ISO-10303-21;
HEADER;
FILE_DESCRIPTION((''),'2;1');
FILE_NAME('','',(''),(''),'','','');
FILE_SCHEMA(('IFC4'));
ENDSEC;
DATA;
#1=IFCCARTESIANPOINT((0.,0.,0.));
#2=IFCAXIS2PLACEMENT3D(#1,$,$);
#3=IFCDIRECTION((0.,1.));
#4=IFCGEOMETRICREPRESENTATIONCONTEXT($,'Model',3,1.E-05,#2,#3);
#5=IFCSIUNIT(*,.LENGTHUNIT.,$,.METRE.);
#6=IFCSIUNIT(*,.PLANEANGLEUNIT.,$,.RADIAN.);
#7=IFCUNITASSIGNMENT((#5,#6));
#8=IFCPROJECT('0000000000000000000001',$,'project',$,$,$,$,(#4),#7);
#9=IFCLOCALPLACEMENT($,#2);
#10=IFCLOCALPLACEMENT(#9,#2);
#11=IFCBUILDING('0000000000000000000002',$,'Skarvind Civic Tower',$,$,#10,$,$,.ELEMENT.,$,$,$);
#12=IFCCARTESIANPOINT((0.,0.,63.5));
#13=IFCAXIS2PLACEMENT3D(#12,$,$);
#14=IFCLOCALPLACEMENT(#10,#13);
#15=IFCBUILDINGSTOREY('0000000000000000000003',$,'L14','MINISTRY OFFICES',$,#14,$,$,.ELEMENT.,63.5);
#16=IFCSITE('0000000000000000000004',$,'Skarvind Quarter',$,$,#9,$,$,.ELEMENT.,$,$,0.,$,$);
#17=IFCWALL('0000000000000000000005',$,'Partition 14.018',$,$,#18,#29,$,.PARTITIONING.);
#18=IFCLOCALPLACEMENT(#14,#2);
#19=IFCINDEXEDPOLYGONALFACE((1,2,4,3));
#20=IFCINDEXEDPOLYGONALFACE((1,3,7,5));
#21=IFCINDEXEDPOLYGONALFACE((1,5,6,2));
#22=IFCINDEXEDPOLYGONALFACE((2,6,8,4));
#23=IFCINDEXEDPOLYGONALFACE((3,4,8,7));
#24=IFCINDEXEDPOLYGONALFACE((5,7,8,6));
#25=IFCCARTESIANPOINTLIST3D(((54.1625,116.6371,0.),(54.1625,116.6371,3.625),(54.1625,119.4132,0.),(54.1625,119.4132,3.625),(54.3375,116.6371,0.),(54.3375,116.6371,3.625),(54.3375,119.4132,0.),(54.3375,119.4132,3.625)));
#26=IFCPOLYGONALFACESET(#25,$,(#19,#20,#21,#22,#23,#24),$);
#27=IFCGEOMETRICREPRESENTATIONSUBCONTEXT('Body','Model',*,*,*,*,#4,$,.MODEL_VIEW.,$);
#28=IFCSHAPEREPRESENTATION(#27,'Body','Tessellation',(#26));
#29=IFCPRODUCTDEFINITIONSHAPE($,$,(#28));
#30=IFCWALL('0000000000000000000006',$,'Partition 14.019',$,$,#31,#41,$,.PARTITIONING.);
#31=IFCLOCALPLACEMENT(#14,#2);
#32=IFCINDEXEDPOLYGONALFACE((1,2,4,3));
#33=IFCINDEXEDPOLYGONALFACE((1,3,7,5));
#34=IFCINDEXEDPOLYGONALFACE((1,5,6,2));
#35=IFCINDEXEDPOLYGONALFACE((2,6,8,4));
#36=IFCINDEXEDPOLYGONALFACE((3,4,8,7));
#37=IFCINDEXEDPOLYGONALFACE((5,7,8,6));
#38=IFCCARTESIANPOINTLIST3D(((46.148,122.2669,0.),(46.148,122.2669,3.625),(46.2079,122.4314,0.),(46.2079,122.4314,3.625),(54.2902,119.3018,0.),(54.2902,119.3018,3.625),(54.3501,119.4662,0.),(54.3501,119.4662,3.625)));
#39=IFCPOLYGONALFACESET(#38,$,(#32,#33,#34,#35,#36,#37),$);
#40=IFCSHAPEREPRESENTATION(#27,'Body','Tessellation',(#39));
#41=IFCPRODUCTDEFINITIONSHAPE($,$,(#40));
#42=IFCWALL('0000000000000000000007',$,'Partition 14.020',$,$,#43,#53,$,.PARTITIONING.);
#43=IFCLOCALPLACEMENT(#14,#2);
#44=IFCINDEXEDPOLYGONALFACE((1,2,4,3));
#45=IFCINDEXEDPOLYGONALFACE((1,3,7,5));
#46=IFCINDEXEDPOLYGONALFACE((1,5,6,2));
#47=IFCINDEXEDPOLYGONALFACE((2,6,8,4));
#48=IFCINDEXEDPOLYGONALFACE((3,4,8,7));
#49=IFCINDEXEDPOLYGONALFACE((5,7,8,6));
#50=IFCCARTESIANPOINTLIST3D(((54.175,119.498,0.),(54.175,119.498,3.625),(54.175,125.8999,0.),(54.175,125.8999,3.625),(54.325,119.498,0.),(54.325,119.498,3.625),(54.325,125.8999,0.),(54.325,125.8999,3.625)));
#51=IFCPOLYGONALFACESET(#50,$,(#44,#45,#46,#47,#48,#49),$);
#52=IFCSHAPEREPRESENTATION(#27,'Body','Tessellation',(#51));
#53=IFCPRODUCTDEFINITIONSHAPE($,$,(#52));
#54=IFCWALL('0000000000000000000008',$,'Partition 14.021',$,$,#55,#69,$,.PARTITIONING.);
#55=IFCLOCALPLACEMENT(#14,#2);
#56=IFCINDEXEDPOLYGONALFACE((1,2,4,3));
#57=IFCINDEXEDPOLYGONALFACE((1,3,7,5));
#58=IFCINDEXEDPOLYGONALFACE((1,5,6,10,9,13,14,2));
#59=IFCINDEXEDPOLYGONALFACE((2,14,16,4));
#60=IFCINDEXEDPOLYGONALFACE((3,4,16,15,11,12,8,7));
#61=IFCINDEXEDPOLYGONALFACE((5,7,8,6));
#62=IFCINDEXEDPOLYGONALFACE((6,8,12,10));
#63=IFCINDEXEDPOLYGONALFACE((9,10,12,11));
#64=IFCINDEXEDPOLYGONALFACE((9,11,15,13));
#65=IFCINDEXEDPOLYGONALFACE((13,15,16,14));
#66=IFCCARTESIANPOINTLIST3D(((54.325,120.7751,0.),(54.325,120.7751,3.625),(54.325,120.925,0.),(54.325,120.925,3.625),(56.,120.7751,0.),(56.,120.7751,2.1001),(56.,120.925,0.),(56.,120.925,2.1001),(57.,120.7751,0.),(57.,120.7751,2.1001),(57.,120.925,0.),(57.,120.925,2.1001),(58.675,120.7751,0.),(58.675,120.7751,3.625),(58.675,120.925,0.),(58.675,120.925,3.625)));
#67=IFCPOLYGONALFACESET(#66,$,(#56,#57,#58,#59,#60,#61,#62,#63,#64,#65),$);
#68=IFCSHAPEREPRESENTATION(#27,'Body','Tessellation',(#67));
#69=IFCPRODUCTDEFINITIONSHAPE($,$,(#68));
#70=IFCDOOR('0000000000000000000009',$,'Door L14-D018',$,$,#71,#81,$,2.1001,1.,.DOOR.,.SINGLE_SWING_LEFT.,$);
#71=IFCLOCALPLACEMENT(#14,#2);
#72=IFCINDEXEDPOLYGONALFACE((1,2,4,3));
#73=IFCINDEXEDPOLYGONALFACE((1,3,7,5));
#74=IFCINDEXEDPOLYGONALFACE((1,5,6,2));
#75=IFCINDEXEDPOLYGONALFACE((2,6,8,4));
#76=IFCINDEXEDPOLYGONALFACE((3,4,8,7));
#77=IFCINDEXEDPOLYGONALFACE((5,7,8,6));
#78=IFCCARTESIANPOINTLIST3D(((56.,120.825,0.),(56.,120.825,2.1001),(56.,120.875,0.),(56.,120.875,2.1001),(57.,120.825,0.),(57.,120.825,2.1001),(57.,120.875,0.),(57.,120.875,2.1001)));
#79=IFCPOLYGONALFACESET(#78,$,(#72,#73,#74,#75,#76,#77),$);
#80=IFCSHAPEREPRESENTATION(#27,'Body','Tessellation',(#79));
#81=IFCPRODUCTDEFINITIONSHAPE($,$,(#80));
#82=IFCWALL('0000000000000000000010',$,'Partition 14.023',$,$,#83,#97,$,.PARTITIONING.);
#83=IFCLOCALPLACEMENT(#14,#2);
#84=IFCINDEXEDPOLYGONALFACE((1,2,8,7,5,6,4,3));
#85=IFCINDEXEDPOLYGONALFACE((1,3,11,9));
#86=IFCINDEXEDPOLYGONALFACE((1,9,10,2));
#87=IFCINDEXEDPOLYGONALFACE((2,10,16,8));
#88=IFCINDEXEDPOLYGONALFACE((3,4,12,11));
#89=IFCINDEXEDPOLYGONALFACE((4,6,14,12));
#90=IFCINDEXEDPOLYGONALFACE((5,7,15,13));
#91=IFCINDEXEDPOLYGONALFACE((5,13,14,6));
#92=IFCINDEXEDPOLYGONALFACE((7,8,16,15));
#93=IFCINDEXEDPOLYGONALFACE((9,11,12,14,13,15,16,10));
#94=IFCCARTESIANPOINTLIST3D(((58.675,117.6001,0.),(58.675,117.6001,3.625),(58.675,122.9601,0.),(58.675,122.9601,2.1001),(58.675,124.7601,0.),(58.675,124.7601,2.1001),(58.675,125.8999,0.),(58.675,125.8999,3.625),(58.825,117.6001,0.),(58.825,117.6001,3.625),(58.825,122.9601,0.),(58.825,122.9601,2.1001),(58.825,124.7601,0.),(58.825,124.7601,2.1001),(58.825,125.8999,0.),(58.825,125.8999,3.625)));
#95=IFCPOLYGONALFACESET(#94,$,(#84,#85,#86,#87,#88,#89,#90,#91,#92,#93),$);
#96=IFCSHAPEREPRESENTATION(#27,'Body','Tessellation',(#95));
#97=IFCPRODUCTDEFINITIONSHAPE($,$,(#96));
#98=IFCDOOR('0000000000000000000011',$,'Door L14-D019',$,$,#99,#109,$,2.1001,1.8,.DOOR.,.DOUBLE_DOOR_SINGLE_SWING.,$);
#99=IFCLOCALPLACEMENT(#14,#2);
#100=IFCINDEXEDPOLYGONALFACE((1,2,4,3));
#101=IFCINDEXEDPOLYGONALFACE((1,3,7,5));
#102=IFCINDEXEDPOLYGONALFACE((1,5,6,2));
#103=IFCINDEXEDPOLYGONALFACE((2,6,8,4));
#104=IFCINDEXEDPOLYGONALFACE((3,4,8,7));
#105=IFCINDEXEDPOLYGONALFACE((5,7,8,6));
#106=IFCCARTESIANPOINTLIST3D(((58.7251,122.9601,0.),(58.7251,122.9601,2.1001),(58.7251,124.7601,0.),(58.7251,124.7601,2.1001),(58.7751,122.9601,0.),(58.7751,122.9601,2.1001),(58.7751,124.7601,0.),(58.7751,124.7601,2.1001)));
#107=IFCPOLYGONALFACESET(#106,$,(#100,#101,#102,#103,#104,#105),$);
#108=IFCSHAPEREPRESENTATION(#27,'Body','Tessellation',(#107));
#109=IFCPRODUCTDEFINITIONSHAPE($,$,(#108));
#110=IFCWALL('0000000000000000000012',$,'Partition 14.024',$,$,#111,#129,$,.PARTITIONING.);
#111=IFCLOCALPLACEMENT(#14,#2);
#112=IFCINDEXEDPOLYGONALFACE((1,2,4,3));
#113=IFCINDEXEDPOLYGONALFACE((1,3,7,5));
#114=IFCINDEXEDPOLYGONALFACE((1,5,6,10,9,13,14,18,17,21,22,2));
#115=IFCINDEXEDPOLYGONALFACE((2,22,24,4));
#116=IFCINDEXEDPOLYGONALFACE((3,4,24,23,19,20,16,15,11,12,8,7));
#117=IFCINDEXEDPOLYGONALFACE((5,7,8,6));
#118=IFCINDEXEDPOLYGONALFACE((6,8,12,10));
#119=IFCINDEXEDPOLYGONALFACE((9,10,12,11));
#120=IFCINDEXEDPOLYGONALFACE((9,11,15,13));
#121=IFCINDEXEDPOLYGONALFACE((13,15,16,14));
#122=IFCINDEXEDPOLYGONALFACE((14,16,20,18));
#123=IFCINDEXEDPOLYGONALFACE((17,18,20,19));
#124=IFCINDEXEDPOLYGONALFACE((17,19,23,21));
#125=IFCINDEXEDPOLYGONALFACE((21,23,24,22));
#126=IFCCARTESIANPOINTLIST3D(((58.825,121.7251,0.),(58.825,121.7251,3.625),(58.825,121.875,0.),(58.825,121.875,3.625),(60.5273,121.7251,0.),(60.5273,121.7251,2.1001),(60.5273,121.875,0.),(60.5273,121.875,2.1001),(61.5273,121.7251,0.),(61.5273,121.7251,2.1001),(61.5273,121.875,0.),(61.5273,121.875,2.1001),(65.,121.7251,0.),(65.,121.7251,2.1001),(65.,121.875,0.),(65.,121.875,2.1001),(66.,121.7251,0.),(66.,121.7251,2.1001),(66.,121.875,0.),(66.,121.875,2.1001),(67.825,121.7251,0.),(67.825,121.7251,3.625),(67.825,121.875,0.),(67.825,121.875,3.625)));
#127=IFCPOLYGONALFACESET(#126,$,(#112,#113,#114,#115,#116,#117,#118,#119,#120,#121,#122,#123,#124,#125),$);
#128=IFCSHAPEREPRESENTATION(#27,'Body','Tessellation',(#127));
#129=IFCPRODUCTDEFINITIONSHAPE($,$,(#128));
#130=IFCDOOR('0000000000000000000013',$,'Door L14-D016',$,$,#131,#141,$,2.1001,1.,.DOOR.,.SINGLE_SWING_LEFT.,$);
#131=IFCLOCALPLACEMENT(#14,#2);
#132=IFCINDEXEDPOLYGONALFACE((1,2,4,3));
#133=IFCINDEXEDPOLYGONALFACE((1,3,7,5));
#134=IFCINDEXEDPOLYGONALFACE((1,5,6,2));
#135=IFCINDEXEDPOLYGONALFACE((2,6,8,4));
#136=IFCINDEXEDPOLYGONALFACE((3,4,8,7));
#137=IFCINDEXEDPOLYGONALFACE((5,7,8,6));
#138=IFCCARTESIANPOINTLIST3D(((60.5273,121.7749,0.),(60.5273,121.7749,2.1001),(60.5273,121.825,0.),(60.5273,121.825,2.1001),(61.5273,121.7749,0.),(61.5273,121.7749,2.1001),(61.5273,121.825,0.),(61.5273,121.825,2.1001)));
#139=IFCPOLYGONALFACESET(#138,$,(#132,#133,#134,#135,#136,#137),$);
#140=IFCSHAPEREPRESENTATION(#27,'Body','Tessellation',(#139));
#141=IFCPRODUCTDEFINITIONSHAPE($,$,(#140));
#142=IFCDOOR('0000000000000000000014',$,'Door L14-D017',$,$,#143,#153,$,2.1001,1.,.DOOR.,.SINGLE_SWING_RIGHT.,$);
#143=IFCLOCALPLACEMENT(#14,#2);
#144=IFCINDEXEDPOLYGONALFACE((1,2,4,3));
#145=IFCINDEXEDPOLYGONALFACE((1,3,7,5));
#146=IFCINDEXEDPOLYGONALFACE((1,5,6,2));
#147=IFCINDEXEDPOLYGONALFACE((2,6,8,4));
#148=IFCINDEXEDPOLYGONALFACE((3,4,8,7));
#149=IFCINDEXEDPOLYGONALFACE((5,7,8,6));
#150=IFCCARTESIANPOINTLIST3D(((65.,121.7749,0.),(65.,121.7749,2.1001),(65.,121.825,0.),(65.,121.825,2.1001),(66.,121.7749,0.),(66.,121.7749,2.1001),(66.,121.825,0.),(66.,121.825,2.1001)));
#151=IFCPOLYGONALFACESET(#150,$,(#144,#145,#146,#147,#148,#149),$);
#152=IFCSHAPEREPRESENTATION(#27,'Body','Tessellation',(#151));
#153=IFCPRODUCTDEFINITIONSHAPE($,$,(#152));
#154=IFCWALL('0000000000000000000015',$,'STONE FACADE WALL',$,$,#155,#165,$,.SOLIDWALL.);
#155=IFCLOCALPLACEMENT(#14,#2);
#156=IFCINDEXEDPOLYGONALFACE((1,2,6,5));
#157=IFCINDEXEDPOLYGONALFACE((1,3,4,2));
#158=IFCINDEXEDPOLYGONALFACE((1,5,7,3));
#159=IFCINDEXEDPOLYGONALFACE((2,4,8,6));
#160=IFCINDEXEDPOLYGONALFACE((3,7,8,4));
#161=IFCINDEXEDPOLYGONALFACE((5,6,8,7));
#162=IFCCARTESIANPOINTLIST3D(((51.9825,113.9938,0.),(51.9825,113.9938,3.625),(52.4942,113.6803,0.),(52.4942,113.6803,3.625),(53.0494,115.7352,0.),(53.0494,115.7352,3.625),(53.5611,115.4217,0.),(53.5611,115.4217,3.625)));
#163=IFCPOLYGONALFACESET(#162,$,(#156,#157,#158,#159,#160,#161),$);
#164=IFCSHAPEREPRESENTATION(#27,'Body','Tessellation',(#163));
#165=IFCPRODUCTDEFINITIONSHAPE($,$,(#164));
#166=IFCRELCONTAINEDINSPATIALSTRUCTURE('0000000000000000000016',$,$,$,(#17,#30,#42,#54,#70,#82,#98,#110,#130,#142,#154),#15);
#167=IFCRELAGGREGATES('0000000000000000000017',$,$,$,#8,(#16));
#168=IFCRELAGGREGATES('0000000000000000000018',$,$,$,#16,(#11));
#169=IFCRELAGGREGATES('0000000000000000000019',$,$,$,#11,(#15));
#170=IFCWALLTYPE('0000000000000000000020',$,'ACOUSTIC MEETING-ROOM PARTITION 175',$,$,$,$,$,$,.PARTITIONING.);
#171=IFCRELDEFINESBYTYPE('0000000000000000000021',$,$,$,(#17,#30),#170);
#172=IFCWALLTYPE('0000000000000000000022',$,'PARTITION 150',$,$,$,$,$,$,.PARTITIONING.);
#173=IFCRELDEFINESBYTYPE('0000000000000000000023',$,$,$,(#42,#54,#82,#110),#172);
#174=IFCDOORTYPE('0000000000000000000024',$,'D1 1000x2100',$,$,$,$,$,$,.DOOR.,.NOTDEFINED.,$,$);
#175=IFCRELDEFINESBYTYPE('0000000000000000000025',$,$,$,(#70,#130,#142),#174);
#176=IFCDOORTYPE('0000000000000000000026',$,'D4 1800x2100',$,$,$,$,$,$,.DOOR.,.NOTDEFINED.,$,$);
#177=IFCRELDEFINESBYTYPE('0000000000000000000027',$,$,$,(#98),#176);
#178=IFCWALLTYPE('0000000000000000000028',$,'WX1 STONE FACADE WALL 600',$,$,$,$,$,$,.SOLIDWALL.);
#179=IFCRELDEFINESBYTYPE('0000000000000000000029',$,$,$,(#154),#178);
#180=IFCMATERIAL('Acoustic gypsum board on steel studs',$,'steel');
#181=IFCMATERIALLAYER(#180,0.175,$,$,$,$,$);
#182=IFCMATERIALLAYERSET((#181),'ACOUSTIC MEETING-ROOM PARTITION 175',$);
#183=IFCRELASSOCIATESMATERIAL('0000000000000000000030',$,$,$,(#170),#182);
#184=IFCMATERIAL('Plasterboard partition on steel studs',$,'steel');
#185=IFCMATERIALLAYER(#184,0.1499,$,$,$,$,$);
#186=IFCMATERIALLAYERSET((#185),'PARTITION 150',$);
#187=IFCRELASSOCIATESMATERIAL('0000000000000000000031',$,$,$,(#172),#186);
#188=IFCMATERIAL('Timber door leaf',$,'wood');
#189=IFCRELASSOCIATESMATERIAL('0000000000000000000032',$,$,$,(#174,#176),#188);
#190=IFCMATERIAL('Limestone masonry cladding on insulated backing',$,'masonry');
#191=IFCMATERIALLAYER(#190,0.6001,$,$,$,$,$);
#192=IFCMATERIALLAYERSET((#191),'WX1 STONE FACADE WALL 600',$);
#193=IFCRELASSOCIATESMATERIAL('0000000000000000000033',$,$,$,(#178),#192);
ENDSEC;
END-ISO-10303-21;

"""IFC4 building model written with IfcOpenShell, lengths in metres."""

from ifc_helpers import new_model, si_unit, direction, frame, frame_2d, origin, place, context, subcontext, project, spatial, rectangle, extrude, material, layer, layer_set, type_object, element, fill, save


model = new_model("IFC4")

# Units and contexts
model_context = context("Model", 3, precision=1e-05, world=origin(), true_north=direction((0.0, 1.0)))
body_context = subcontext(model_context, "Body", "Model", "MODEL_VIEW")
ifc_project = project(units=[si_unit("LENGTHUNIT", "METRE"), si_unit("PLANEANGLEUNIT", "RADIAN")], contexts=[model_context])

# Site, building, storey
site_placement = place(None, origin())
site = spatial("IfcSite", under=ifc_project, at=site_placement, Name="Skarvind Quarter", CompositionType="ELEMENT", RefElevation=0.0)
building_placement = place(site_placement, origin())
building = spatial("IfcBuilding", under=site, at=building_placement, Name="Skarvind Civic Tower", CompositionType="ELEMENT")
storey_placement = place(building_placement, frame((0.0, 0.0, 63.5)))
storey = spatial("IfcBuildingStorey", under=building, at=storey_placement, Name="L14", Description="MINISTRY OFFICES", CompositionType="ELEMENT", Elevation=63.5)

# Walls
ifc_material_1 = material(Name="Acoustic gypsum board on steel studs", Category="steel")
ifc_layer_1 = layer(ifc_material_1, 0.175)
ifc_layer_set_1 = layer_set([ifc_layer_1], Name="ACOUSTIC MEETING-ROOM PARTITION 175")
wall_type_1 = type_object("IfcWallType", Name="ACOUSTIC MEETING-ROOM PARTITION 175", PredefinedType="PARTITIONING", material=ifc_layer_set_1)
wall_1_placement = place(storey_placement, frame((54.25, 116.637, 0.0), z_axis=(0.0, 0.0, 1.0), x_axis=(0.0, 1.0, 0.0)))
element("IfcWall", 1, at=wall_1_placement, inside=storey, type_object=wall_type_1, Name="Partition 14.018", PredefinedType="PARTITIONING", context=body_context, shape_type="SweptSolid", body=[
    extrude(rectangle(XDim=2.7761, YDim=0.175, at=frame_2d((1.3882, 0.0))), origin(), (0.0, 0.0, 1.0), 3.625),
])
wall_2_placement = place(storey_placement, frame((54.3201, 119.384, 0.0), z_axis=(0.0, 0.0, 1.0), x_axis=(-0.939633, 0.342184, 0.0)))
element("IfcWall", 2, at=wall_2_placement, inside=storey, type_object=wall_type_1, Name="Partition 14.019", PredefinedType="PARTITIONING", context=body_context, shape_type="SweptSolid", body=[
    extrude(rectangle(XDim=8.6653, YDim=0.175, at=frame_2d((4.3325, 0.0))), origin(), (0.0, 0.0, 1.0), 3.625),
])
ifc_material_2 = material(Name="Plasterboard partition on steel studs", Category="steel")
ifc_layer_2 = layer(ifc_material_2, 0.1499)
ifc_layer_set_2 = layer_set([ifc_layer_2], Name="PARTITION 150")
wall_type_2 = type_object("IfcWallType", Name="PARTITION 150", PredefinedType="PARTITIONING", material=ifc_layer_set_2)
wall_3_placement = place(storey_placement, frame((54.25, 119.498, 0.0), z_axis=(0.0, 0.0, 1.0), x_axis=(0.0, 1.0, 0.0)))
element("IfcWall", 3, at=wall_3_placement, inside=storey, type_object=wall_type_2, Name="Partition 14.020", PredefinedType="PARTITIONING", context=body_context, shape_type="SweptSolid", body=[
    extrude(rectangle(XDim=6.4019, YDim=0.1499, at=frame_2d((3.2009, 0.0))), origin(), (0.0, 0.0, 1.0), 3.625),
])

# Walls, openings, doors
wall_4_placement = place(storey_placement, frame((54.325, 120.8501, 0.0), z_axis=(0.0, 0.0, 1.0), x_axis=(1.0, 0.0, 0.0)))
wall_4 = element("IfcWall", 4, at=wall_4_placement, inside=storey, type_object=wall_type_2, Name="Partition 14.021", PredefinedType="PARTITIONING", context=body_context, shape_type="SweptSolid", body=[
    extrude(rectangle(XDim=4.3501, YDim=0.1499, at=frame_2d((2.175, 0.0))), origin(), (0.0, 0.0, 1.0), 3.625),
])
opening_1_placement = place(wall_4_placement, frame((1.675, 0.0, 0.0)))
opening_1 = element("IfcOpeningElement", 5, at=opening_1_placement, cuts=wall_4, PredefinedType="OPENING", context=body_context, shape_type="SweptSolid", body=[
    extrude(rectangle(XDim=1.0, YDim=2.1001, at=frame_2d((0.5, 1.05))), frame((0.0, 0.085, 0.0), z_axis=(0.0, -1.0, 0.0), x_axis=(1.0, 0.0, 0.0)), (0.0, 0.0, 1.0), 0.1699),
])
ifc_material_3 = material(Name="Timber door leaf", Category="wood")
door_type_1 = type_object("IfcDoorType", Name="D1 1000x2100", OperationType="NOTDEFINED", PredefinedType="DOOR", material=ifc_material_3)
door_1_placement = place(opening_1_placement, origin())
door_1 = element("IfcDoor", 6, at=door_1_placement, inside=storey, type_object=door_type_1, Name="Door L14-D018", OperationType="SINGLE_SWING_LEFT", OverallHeight=2.1001, OverallWidth=1.0, PredefinedType="DOOR", context=body_context, shape_type="SweptSolid", body=[
    extrude(rectangle(XDim=1.0, YDim=2.1001, at=frame_2d((0.5, 1.05))), frame((0.0, 0.0249, 0.0), z_axis=(0.0, -1.0, 0.0), x_axis=(1.0, 0.0, 0.0)), (0.0, 0.0, 1.0), 0.05),
])
fill(opening_1, door_1)
wall_5_placement = place(storey_placement, frame((58.75, 117.6001, 0.0), z_axis=(0.0, 0.0, 1.0), x_axis=(0.0, 1.0, 0.0)))
wall_5 = element("IfcWall", 7, at=wall_5_placement, inside=storey, type_object=wall_type_2, Name="Partition 14.023", PredefinedType="PARTITIONING", context=body_context, shape_type="SweptSolid", body=[
    extrude(rectangle(XDim=8.2998, YDim=0.1499, at=frame_2d((4.1499, 0.0))), origin(), (0.0, 0.0, 1.0), 3.625),
])
opening_2_placement = place(wall_5_placement, frame((5.3601, 0.0, 0.0)))
opening_2 = element("IfcOpeningElement", 8, at=opening_2_placement, cuts=wall_5, PredefinedType="OPENING", context=body_context, shape_type="SweptSolid", body=[
    extrude(rectangle(XDim=1.8, YDim=2.1001, at=frame_2d((0.8999, 1.05))), frame((0.0, 0.085, 0.0), z_axis=(0.0, -1.0, 0.0), x_axis=(1.0, 0.0, 0.0)), (0.0, 0.0, 1.0), 0.1699),
])
door_type_2 = type_object("IfcDoorType", Name="D4 1800x2100", OperationType="NOTDEFINED", PredefinedType="DOOR", material=ifc_material_3)
door_2_placement = place(opening_2_placement, origin())
door_2 = element("IfcDoor", 9, at=door_2_placement, inside=storey, type_object=door_type_2, Name="Door L14-D019", OperationType="DOUBLE_DOOR_SINGLE_SWING", OverallHeight=2.1001, OverallWidth=1.8, PredefinedType="DOOR", context=body_context, shape_type="SweptSolid", body=[
    extrude(rectangle(XDim=1.8, YDim=2.1001, at=frame_2d((0.8999, 1.05))), frame((0.0, 0.0249, 0.0), z_axis=(0.0, -1.0, 0.0), x_axis=(1.0, 0.0, 0.0)), (0.0, 0.0, 1.0), 0.05),
])
fill(opening_2, door_2)

# Wall, openings, doors
wall_6_placement = place(storey_placement, frame((58.825, 121.8, 0.0), z_axis=(0.0, 0.0, 1.0), x_axis=(1.0, 0.0, 0.0)))
wall_6 = element("IfcWall", 10, at=wall_6_placement, inside=storey, type_object=wall_type_2, Name="Partition 14.024", PredefinedType="PARTITIONING", context=body_context, shape_type="SweptSolid", body=[
    extrude(rectangle(XDim=9.0, YDim=0.1499, at=frame_2d((4.5, 0.0))), origin(), (0.0, 0.0, 1.0), 3.625),
])
opening_3_placement = place(wall_6_placement, frame((1.7024, 0.0, 0.0)))
opening_3 = element("IfcOpeningElement", 11, at=opening_3_placement, cuts=wall_6, PredefinedType="OPENING", context=body_context, shape_type="SweptSolid", body=[
    extrude(rectangle(XDim=1.0, YDim=2.1001, at=frame_2d((0.5, 1.05))), frame((0.0, 0.085, 0.0), z_axis=(0.0, -1.0, 0.0), x_axis=(1.0, 0.0, 0.0)), (0.0, 0.0, 1.0), 0.1699),
])
opening_4_placement = place(wall_6_placement, frame((6.175, 0.0, 0.0)))
opening_4 = element("IfcOpeningElement", 12, at=opening_4_placement, cuts=wall_6, PredefinedType="OPENING", context=body_context, shape_type="SweptSolid", body=[
    extrude(rectangle(XDim=1.0, YDim=2.1001, at=frame_2d((0.5, 1.05))), frame((0.0, 0.085, 0.0), z_axis=(0.0, -1.0, 0.0), x_axis=(1.0, 0.0, 0.0)), (0.0, 0.0, 1.0), 0.1699),
])
door_3_placement = place(opening_3_placement, origin())
door_3 = element("IfcDoor", 13, at=door_3_placement, inside=storey, type_object=door_type_1, Name="Door L14-D016", OperationType="SINGLE_SWING_LEFT", OverallHeight=2.1001, OverallWidth=1.0, PredefinedType="DOOR", context=body_context, shape_type="SweptSolid", body=[
    extrude(rectangle(XDim=1.0, YDim=2.1001, at=frame_2d((0.5, 1.05))), frame((0.0, 0.0249, 0.0), z_axis=(0.0, -1.0, 0.0), x_axis=(1.0, 0.0, 0.0)), (0.0, 0.0, 1.0), 0.05),
])
fill(opening_3, door_3)
door_4_placement = place(opening_4_placement, origin())
door_4 = element("IfcDoor", 14, at=door_4_placement, inside=storey, type_object=door_type_1, Name="Door L14-D017", OperationType="SINGLE_SWING_RIGHT", OverallHeight=2.1001, OverallWidth=1.0, PredefinedType="DOOR", context=body_context, shape_type="SweptSolid", body=[
    extrude(rectangle(XDim=1.0, YDim=2.1001, at=frame_2d((0.5, 1.05))), frame((0.0, 0.0249, 0.0), z_axis=(0.0, -1.0, 0.0), x_axis=(1.0, 0.0, 0.0)), (0.0, 0.0, 1.0), 0.05),
])
fill(opening_4, door_4)

# Wall
ifc_material_4 = material(Name="Limestone masonry cladding on insulated backing", Category="masonry")
ifc_layer_3 = layer(ifc_material_4, 0.6001)
ifc_layer_set_3 = layer_set([ifc_layer_3], Name="WX1 STONE FACADE WALL 600")
wall_type_3 = type_object("IfcWallType", Name="WX1 STONE FACADE WALL 600", PredefinedType="SOLIDWALL", material=ifc_layer_set_3)
wall_7_placement = place(storey_placement, frame((53.3052, 115.5784, 0.0), z_axis=(0.0, 0.0, 1.0), x_axis=(-0.522402, -0.852699, 0.0)))
element("IfcWall", 15, at=wall_7_placement, inside=storey, type_object=wall_type_3, Name="STONE FACADE WALL", PredefinedType="SOLIDWALL", context=body_context, shape_type="SweptSolid", body=[
    extrude(rectangle(XDim=2.0422, YDim=0.6001, at=frame_2d((1.021, 0.0))), origin(), (0.0, 0.0, 1.0), 3.625),
])

save(model, "model.ifc")
